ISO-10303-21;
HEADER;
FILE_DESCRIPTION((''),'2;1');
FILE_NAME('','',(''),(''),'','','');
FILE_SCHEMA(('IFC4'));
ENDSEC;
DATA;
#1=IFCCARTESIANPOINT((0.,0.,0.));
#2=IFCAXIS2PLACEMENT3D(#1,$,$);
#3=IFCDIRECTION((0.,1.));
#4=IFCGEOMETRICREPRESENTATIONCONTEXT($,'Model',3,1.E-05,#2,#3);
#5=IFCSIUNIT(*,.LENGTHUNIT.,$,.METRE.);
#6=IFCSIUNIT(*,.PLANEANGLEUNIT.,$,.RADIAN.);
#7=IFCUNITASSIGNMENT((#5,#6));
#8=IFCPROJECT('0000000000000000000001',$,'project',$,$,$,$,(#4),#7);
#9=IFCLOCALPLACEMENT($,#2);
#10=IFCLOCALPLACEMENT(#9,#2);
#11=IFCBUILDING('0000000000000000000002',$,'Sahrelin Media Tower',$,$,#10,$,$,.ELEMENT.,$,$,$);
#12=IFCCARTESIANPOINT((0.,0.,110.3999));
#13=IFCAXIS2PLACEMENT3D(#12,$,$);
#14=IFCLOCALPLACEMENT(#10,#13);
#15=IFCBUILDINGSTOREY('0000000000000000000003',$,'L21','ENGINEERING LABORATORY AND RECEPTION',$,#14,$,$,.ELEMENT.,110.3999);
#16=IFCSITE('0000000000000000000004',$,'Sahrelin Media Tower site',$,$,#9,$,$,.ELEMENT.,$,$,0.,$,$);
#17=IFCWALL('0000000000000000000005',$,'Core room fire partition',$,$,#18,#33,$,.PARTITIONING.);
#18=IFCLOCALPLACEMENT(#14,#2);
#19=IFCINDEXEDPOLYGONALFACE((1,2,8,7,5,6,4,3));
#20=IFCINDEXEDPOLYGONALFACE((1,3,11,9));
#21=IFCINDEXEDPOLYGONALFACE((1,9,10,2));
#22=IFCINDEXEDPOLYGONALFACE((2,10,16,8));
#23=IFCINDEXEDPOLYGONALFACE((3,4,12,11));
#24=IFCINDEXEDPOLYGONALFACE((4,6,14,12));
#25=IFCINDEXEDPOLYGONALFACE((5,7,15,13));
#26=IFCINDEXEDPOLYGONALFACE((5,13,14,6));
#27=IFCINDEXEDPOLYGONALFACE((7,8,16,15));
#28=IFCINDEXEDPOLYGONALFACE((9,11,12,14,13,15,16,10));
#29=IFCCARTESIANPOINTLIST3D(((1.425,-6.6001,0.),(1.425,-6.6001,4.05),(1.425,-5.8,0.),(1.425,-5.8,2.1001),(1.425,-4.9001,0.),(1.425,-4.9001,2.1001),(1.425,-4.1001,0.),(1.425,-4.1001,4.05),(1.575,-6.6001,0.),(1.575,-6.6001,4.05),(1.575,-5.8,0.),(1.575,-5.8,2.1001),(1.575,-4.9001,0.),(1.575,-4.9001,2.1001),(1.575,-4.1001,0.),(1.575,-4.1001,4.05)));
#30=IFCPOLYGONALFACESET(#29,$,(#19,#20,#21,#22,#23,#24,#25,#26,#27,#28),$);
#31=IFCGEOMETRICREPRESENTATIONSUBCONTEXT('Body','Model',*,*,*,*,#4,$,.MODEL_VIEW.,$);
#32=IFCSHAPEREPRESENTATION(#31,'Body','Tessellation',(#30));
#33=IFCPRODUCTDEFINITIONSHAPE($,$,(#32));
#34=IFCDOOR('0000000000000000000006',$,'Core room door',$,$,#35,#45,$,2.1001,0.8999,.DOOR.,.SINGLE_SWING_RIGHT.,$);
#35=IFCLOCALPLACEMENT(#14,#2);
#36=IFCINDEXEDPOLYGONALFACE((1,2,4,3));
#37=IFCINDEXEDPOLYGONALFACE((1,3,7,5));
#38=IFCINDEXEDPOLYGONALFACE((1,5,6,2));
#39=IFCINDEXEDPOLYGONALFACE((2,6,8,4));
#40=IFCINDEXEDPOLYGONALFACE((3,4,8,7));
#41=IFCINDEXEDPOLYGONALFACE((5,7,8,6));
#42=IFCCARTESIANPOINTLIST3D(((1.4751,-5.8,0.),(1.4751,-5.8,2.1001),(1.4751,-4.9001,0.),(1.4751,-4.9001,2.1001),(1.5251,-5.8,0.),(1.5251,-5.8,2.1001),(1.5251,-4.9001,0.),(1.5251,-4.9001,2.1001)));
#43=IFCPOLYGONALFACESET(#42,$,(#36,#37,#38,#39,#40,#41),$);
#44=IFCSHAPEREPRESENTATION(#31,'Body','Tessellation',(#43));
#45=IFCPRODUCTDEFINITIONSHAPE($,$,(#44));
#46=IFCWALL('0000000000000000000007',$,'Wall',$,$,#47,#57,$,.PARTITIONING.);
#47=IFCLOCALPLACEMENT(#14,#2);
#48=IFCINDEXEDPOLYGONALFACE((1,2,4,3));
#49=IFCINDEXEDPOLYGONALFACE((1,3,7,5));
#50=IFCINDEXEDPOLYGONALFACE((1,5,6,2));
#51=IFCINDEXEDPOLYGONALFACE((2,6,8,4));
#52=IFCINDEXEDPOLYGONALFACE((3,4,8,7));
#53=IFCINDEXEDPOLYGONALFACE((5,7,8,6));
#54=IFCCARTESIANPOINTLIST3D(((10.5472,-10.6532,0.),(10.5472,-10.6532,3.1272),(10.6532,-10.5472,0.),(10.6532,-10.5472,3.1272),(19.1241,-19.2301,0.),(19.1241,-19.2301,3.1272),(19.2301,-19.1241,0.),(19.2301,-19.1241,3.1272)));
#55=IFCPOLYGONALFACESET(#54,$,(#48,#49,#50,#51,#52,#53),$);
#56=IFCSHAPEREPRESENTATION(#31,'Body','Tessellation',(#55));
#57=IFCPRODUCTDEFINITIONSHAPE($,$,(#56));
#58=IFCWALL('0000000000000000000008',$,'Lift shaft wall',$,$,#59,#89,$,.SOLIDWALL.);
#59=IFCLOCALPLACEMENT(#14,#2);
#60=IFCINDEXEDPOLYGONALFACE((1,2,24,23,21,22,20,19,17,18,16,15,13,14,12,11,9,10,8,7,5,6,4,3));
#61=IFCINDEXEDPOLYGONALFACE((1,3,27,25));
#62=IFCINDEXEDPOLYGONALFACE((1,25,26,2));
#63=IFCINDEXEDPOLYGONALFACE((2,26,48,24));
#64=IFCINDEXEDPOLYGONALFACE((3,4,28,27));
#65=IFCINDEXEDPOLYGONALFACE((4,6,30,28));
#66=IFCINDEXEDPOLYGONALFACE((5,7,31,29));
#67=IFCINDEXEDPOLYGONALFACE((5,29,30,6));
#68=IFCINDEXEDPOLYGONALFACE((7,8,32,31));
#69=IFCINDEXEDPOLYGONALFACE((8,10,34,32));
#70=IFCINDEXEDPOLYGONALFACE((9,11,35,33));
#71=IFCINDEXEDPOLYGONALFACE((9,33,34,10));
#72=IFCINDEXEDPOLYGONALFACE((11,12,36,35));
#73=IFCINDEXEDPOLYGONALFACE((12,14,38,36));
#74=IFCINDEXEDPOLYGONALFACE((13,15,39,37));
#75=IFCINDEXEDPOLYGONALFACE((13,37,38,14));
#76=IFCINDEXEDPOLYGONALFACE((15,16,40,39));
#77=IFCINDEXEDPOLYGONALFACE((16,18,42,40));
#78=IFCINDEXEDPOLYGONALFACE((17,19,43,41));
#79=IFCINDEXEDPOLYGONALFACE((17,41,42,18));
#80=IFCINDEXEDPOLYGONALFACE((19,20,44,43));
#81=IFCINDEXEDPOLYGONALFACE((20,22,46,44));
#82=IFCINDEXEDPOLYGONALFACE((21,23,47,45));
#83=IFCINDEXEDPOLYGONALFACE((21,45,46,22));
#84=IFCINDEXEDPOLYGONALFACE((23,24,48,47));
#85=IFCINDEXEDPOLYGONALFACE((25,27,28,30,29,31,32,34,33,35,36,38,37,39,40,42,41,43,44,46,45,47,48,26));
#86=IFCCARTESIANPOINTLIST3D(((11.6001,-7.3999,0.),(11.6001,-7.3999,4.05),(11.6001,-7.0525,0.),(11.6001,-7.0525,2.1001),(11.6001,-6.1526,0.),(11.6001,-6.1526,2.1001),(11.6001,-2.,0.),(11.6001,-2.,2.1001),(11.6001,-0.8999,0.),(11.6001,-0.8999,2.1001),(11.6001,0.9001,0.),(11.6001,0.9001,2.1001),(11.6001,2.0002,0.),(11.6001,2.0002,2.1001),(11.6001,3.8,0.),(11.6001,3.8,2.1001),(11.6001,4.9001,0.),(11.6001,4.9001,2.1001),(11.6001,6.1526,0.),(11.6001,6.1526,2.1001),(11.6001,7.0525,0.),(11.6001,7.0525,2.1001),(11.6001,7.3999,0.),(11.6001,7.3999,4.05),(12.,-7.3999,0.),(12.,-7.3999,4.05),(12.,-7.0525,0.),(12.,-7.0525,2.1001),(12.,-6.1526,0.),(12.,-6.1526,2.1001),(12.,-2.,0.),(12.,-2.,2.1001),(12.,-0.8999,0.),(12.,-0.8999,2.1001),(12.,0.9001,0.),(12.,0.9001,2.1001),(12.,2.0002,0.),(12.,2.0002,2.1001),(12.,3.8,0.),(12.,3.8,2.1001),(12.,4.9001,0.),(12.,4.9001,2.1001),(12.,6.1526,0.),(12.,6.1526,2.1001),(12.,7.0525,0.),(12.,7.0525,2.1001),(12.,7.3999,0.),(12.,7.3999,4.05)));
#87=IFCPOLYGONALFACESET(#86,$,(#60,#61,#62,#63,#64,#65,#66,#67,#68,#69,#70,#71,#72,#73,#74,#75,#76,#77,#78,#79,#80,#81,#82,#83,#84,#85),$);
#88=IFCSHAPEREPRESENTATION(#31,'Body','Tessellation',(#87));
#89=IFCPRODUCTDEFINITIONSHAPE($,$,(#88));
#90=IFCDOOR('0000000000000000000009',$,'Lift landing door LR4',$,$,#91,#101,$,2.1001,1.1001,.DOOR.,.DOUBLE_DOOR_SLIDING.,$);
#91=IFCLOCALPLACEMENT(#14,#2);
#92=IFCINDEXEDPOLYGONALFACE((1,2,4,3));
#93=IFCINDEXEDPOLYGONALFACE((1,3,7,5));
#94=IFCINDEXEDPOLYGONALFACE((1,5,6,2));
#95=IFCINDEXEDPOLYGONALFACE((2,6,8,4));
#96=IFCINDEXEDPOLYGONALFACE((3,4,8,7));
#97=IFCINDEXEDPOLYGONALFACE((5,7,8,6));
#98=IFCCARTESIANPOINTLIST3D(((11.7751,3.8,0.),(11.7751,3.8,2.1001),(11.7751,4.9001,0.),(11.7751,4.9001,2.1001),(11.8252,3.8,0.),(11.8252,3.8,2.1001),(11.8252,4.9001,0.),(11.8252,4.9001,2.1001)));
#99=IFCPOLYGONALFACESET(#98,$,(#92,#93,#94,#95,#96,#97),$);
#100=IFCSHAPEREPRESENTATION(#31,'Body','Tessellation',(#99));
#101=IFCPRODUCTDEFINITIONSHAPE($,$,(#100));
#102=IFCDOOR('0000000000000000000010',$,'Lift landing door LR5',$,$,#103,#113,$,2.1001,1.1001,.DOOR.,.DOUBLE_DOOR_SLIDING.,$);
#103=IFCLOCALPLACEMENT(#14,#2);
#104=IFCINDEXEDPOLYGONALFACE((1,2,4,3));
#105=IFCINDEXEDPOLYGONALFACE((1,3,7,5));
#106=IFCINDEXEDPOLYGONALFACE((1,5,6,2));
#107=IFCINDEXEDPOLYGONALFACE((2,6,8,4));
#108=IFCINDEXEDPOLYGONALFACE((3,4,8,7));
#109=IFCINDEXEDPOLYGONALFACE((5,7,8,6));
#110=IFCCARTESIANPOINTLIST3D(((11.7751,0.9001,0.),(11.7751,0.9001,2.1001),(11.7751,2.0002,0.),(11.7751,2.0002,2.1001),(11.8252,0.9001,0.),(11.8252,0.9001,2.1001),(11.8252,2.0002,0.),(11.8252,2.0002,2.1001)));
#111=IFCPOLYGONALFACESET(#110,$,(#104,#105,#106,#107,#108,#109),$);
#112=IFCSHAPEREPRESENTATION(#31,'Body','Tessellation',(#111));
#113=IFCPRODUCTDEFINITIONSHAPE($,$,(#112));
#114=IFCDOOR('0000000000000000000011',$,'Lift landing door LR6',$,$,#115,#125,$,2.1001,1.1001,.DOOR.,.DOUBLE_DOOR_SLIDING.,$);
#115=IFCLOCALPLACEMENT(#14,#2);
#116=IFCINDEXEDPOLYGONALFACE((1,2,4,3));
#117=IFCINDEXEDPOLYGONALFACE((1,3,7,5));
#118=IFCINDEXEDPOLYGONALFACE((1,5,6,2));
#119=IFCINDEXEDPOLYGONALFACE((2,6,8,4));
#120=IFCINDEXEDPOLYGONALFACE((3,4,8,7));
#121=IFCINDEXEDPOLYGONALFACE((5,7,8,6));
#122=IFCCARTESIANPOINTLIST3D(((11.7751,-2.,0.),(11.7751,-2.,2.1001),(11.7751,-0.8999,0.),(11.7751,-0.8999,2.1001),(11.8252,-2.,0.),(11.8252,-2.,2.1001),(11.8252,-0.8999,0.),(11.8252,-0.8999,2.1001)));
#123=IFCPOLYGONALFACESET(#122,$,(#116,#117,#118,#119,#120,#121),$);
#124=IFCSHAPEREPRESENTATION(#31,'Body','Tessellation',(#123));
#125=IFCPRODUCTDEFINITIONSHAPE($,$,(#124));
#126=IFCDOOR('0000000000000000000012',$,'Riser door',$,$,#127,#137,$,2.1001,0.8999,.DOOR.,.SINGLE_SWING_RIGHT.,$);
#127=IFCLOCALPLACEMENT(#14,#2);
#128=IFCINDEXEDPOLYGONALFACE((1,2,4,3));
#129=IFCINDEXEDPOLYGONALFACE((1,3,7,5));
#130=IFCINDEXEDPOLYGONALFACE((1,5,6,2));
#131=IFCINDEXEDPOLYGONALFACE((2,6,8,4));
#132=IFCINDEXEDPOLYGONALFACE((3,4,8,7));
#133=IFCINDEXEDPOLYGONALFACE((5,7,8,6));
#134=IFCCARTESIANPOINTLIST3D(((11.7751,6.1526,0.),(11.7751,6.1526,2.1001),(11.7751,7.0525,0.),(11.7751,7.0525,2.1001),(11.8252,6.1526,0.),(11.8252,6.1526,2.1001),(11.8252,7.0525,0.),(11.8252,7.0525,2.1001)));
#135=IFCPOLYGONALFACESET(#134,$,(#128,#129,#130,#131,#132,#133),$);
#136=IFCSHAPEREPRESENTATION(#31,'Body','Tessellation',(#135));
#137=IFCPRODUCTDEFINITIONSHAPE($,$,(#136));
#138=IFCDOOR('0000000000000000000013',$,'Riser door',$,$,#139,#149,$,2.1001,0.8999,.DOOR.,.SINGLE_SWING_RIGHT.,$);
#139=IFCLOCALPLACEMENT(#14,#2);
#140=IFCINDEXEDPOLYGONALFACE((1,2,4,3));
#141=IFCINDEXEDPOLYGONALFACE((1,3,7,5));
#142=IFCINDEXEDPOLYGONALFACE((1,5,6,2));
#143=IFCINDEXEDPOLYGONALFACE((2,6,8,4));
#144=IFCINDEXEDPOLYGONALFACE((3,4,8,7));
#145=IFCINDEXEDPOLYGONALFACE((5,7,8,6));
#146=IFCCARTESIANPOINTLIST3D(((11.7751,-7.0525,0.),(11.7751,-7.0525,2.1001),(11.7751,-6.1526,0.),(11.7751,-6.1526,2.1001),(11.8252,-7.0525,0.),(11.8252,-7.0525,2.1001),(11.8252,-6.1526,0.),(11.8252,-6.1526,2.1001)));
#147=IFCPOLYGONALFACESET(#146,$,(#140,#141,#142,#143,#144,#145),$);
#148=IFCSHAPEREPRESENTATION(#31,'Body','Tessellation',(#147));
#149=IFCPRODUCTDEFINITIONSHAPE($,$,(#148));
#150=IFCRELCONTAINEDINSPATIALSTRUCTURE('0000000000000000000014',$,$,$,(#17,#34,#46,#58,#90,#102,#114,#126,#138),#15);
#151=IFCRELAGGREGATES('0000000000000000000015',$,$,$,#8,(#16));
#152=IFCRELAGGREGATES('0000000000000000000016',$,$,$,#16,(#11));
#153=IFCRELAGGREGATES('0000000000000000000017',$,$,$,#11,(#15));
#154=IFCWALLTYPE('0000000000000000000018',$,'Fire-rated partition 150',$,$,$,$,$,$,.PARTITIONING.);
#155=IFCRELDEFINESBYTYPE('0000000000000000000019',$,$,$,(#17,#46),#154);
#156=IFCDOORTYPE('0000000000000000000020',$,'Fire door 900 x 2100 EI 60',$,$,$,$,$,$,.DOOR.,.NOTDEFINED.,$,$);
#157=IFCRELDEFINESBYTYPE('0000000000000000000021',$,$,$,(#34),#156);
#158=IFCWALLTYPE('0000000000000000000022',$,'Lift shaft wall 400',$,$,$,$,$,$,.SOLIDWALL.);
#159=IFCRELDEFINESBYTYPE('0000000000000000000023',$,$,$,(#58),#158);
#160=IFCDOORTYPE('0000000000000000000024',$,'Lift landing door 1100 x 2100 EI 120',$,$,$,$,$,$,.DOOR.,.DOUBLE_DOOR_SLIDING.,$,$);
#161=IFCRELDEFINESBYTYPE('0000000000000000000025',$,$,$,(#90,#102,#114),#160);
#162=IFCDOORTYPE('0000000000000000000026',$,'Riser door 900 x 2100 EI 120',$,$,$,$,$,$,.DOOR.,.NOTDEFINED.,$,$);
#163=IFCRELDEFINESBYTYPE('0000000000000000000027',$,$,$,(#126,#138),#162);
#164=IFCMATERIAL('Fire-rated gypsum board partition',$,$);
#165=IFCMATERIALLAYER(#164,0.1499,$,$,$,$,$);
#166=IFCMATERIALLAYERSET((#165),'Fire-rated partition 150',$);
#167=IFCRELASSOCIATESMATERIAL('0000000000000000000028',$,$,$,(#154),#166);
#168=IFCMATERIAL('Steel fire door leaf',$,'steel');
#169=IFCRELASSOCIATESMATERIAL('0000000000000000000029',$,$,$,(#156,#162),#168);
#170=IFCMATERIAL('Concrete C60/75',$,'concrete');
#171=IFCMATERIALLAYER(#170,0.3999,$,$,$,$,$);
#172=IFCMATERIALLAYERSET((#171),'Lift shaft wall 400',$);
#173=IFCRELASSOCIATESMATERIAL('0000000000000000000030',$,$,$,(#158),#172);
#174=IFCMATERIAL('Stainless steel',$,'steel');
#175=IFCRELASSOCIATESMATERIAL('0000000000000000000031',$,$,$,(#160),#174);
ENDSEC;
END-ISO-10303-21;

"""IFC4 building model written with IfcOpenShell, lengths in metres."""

from ifc_helpers import new_model, si_unit, direction, frame, frame_2d, origin, place, context, subcontext, project, spatial, rectangle, extrude, material, layer, layer_set, type_object, element, fill, save


model = new_model("IFC4")

# Units and contexts
model_context = context("Model", 3, precision=1e-05, world=origin(), true_north=direction((0.0, 1.0)))
body_context = subcontext(model_context, "Body", "Model", "MODEL_VIEW")
ifc_project = project(units=[si_unit("LENGTHUNIT", "METRE"), si_unit("PLANEANGLEUNIT", "RADIAN")], contexts=[model_context])

# Site, building, storey
site_placement = place(None, origin())
site = spatial("IfcSite", under=ifc_project, at=site_placement, Name="Sahrelin Media Tower site", CompositionType="ELEMENT", RefElevation=0.0)
building_placement = place(site_placement, origin())
building = spatial("IfcBuilding", under=site, at=building_placement, Name="Sahrelin Media Tower", CompositionType="ELEMENT")
storey_placement = place(building_placement, frame((0.0, 0.0, 110.3999)))
storey = spatial("IfcBuildingStorey", under=building, at=storey_placement, Name="L21", Description="ENGINEERING LABORATORY AND RECEPTION", CompositionType="ELEMENT", Elevation=110.3999)

# Wall, opening, door
ifc_material_1 = material(Name="Fire-rated gypsum board partition")
ifc_layer_1 = layer(ifc_material_1, 0.1499)
ifc_layer_set_1 = layer_set([ifc_layer_1], Name="Fire-rated partition 150")
wall_type_1 = type_object("IfcWallType", Name="Fire-rated partition 150", PredefinedType="PARTITIONING", material=ifc_layer_set_1)
wall_1_placement = place(storey_placement, frame((1.5, -6.6001, 0.0), z_axis=(0.0, 0.0, 1.0), x_axis=(0.0, 1.0, 0.0)))
wall_1 = element("IfcWall", 1, at=wall_1_placement, inside=storey, type_object=wall_type_1, Name="Core room fire partition", PredefinedType="PARTITIONING", context=body_context, shape_type="SweptSolid", body=[
    extrude(rectangle(XDim=2.5, YDim=0.1499, at=frame_2d((1.25, 0.0))), origin(), (0.0, 0.0, 1.0), 4.05),
])
opening_1_placement = place(wall_1_placement, frame((0.8, 0.0, 0.0)))
opening_1 = element("IfcOpeningElement", 2, at=opening_1_placement, cuts=wall_1, PredefinedType="OPENING", context=body_context, shape_type="SweptSolid", body=[
    extrude(rectangle(XDim=0.8999, YDim=2.1001, at=frame_2d((0.45, 1.05))), frame((0.0, 0.075, 0.0), z_axis=(0.0, -1.0, 0.0), x_axis=(1.0, 0.0, 0.0)), (0.0, 0.0, 1.0), 0.1499),
])
ifc_material_2 = material(Name="Steel fire door leaf", Category="steel")
door_type_1 = type_object("IfcDoorType", Name="Fire door 900 x 2100 EI 60", OperationType="NOTDEFINED", PredefinedType="DOOR", material=ifc_material_2)
door_1_placement = place(opening_1_placement, origin())
door_1 = element("IfcDoor", 3, at=door_1_placement, inside=storey, type_object=door_type_1, Name="Core room door", OperationType="SINGLE_SWING_RIGHT", OverallHeight=2.1001, OverallWidth=0.8999, PredefinedType="DOOR", context=body_context, shape_type="SweptSolid", body=[
    extrude(rectangle(XDim=0.8999, YDim=2.1001, at=frame_2d((0.45, 1.05))), frame((0.0, 0.0249, 0.0), z_axis=(0.0, -1.0, 0.0), x_axis=(1.0, 0.0, 0.0)), (0.0, 0.0, 1.0), 0.05),
])
fill(opening_1, door_1)

# Wall
wall_2_placement = place(storey_placement, frame((10.6001, -10.6001, 0.0), z_axis=(0.0, 0.0, 1.0), x_axis=(0.707107, -0.707107, 0.0)))
element("IfcWall", 4, at=wall_2_placement, inside=storey, type_object=wall_type_1, Name="Wall", PredefinedType="PARTITIONING", context=body_context, shape_type="SweptSolid", body=[
    extrude(rectangle(XDim=12.1296, YDim=0.1499, at=frame_2d((6.0649, 0.0))), origin(), (0.0, 0.0, 1.0), 3.1272),
])

# Wall, openings, doors
ifc_material_3 = material(Name="Concrete C60/75", Category="concrete")
ifc_layer_2 = layer(ifc_material_3, 0.3999)
ifc_layer_set_2 = layer_set([ifc_layer_2], Name="Lift shaft wall 400")
wall_type_2 = type_object("IfcWallType", Name="Lift shaft wall 400", PredefinedType="SOLIDWALL", material=ifc_layer_set_2)
wall_3_placement = place(storey_placement, frame((11.8, -7.3999, 0.0), z_axis=(0.0, 0.0, 1.0), x_axis=(0.0, 1.0, 0.0)))
wall_3 = element("IfcWall", 5, at=wall_3_placement, inside=storey, type_object=wall_type_2, Name="Lift shaft wall", PredefinedType="SOLIDWALL", context=body_context, shape_type="SweptSolid", body=[
    extrude(rectangle(XDim=14.7998, YDim=0.3999, at=frame_2d((7.3999, 0.0))), origin(), (0.0, 0.0, 1.0), 4.05),
])
opening_2_placement = place(wall_3_placement, frame((11.2, 0.0, 0.0)))
opening_2 = element("IfcOpeningElement", 6, at=opening_2_placement, cuts=wall_3, PredefinedType="OPENING", context=body_context, shape_type="SweptSolid", body=[
    extrude(rectangle(XDim=1.1001, YDim=2.1001, at=frame_2d((0.55, 1.05))), frame((0.0, 0.2, 0.0), z_axis=(0.0, -1.0, 0.0), x_axis=(1.0, 0.0, 0.0)), (0.0, 0.0, 1.0), 0.3999),
])
opening_3_placement = place(wall_3_placement, frame((8.3, 0.0, 0.0)))
opening_3 = element("IfcOpeningElement", 7, at=opening_3_placement, cuts=wall_3, PredefinedType="OPENING", context=body_context, shape_type="SweptSolid", body=[
    extrude(rectangle(XDim=1.1001, YDim=2.1001, at=frame_2d((0.55, 1.05))), frame((0.0, 0.2, 0.0), z_axis=(0.0, -1.0, 0.0), x_axis=(1.0, 0.0, 0.0)), (0.0, 0.0, 1.0), 0.3999),
])
opening_4_placement = place(wall_3_placement, frame((5.3999, 0.0, 0.0)))
opening_4 = element("IfcOpeningElement", 8, at=opening_4_placement, cuts=wall_3, PredefinedType="OPENING", context=body_context, shape_type="SweptSolid", body=[
    extrude(rectangle(XDim=1.1001, YDim=2.1001, at=frame_2d((0.55, 1.05))), frame((0.0, 0.2, 0.0), z_axis=(0.0, -1.0, 0.0), x_axis=(1.0, 0.0, 0.0)), (0.0, 0.0, 1.0), 0.3999),
])
opening_5_placement = place(wall_3_placement, frame((13.5525, 0.0, 0.0)))
opening_5 = element("IfcOpeningElement", 9, at=opening_5_placement, cuts=wall_3, PredefinedType="OPENING", context=body_context, shape_type="SweptSolid", body=[
    extrude(rectangle(XDim=0.8999, YDim=2.1001, at=frame_2d((0.45, 1.05))), frame((0.0, 0.2, 0.0), z_axis=(0.0, -1.0, 0.0), x_axis=(1.0, 0.0, 0.0)), (0.0, 0.0, 1.0), 0.3999),
])
opening_6_placement = place(wall_3_placement, frame((0.3474, 0.0, 0.0)))
opening_6 = element("IfcOpeningElement", 10, at=opening_6_placement, cuts=wall_3, PredefinedType="OPENING", context=body_context, shape_type="SweptSolid", body=[
    extrude(rectangle(XDim=0.8999, YDim=2.1001, at=frame_2d((0.45, 1.05))), frame((0.0, 0.2, 0.0), z_axis=(0.0, -1.0, 0.0), x_axis=(1.0, 0.0, 0.0)), (0.0, 0.0, 1.0), 0.3999),
])
ifc_material_4 = material(Name="Stainless steel", Category="steel")
door_type_2 = type_object("IfcDoorType", Name="Lift landing door 1100 x 2100 EI 120", OperationType="DOUBLE_DOOR_SLIDING", PredefinedType="DOOR", material=ifc_material_4)
door_2_placement = place(opening_2_placement, origin())
door_2 = element("IfcDoor", 11, at=door_2_placement, inside=storey, type_object=door_type_2, Name="Lift landing door LR4", OperationType="DOUBLE_DOOR_SLIDING", OverallHeight=2.1001, OverallWidth=1.1001, PredefinedType="DOOR", context=body_context, shape_type="SweptSolid", body=[
    extrude(rectangle(XDim=1.1001, YDim=2.1001, at=frame_2d((0.55, 1.05))), frame((0.0, 0.0249, 0.0), z_axis=(0.0, -1.0, 0.0), x_axis=(1.0, 0.0, 0.0)), (0.0, 0.0, 1.0), 0.05),
])
fill(opening_2, door_2)
door_3_placement = place(opening_3_placement, origin())
door_3 = element("IfcDoor", 12, at=door_3_placement, inside=storey, type_object=door_type_2, Name="Lift landing door LR5", OperationType="DOUBLE_DOOR_SLIDING", OverallHeight=2.1001, OverallWidth=1.1001, PredefinedType="DOOR", context=body_context, shape_type="SweptSolid", body=[
    extrude(rectangle(XDim=1.1001, YDim=2.1001, at=frame_2d((0.55, 1.05))), frame((0.0, 0.0249, 0.0), z_axis=(0.0, -1.0, 0.0), x_axis=(1.0, 0.0, 0.0)), (0.0, 0.0, 1.0), 0.05),
])
fill(opening_3, door_3)
door_4_placement = place(opening_4_placement, origin())
door_4 = element("IfcDoor", 13, at=door_4_placement, inside=storey, type_object=door_type_2, Name="Lift landing door LR6", OperationType="DOUBLE_DOOR_SLIDING", OverallHeight=2.1001, OverallWidth=1.1001, PredefinedType="DOOR", context=body_context, shape_type="SweptSolid", body=[
    extrude(rectangle(XDim=1.1001, YDim=2.1001, at=frame_2d((0.55, 1.05))), frame((0.0, 0.0249, 0.0), z_axis=(0.0, -1.0, 0.0), x_axis=(1.0, 0.0, 0.0)), (0.0, 0.0, 1.0), 0.05),
])
fill(opening_4, door_4)
door_type_3 = type_object("IfcDoorType", Name="Riser door 900 x 2100 EI 120", OperationType="NOTDEFINED", PredefinedType="DOOR", material=ifc_material_2)
door_5_placement = place(opening_5_placement, origin())
door_5 = element("IfcDoor", 14, at=door_5_placement, inside=storey, type_object=door_type_3, Name="Riser door", OperationType="SINGLE_SWING_RIGHT", OverallHeight=2.1001, OverallWidth=0.8999, PredefinedType="DOOR", context=body_context, shape_type="SweptSolid", body=[
    extrude(rectangle(XDim=0.8999, YDim=2.1001, at=frame_2d((0.45, 1.05))), frame((0.0, 0.0249, 0.0), z_axis=(0.0, -1.0, 0.0), x_axis=(1.0, 0.0, 0.0)), (0.0, 0.0, 1.0), 0.05),
])
fill(opening_5, door_5)
door_6_placement = place(opening_6_placement, origin())
door_6 = element("IfcDoor", 15, at=door_6_placement, inside=storey, type_object=door_type_3, Name="Riser door", OperationType="SINGLE_SWING_RIGHT", OverallHeight=2.1001, OverallWidth=0.8999, PredefinedType="DOOR", context=body_context, shape_type="SweptSolid", body=[
    extrude(rectangle(XDim=0.8999, YDim=2.1001, at=frame_2d((0.45, 1.05))), frame((0.0, 0.0249, 0.0), z_axis=(0.0, -1.0, 0.0), x_axis=(1.0, 0.0, 0.0)), (0.0, 0.0, 1.0), 0.05),
])
fill(opening_6, door_6)

save(model, "model.ifc")
